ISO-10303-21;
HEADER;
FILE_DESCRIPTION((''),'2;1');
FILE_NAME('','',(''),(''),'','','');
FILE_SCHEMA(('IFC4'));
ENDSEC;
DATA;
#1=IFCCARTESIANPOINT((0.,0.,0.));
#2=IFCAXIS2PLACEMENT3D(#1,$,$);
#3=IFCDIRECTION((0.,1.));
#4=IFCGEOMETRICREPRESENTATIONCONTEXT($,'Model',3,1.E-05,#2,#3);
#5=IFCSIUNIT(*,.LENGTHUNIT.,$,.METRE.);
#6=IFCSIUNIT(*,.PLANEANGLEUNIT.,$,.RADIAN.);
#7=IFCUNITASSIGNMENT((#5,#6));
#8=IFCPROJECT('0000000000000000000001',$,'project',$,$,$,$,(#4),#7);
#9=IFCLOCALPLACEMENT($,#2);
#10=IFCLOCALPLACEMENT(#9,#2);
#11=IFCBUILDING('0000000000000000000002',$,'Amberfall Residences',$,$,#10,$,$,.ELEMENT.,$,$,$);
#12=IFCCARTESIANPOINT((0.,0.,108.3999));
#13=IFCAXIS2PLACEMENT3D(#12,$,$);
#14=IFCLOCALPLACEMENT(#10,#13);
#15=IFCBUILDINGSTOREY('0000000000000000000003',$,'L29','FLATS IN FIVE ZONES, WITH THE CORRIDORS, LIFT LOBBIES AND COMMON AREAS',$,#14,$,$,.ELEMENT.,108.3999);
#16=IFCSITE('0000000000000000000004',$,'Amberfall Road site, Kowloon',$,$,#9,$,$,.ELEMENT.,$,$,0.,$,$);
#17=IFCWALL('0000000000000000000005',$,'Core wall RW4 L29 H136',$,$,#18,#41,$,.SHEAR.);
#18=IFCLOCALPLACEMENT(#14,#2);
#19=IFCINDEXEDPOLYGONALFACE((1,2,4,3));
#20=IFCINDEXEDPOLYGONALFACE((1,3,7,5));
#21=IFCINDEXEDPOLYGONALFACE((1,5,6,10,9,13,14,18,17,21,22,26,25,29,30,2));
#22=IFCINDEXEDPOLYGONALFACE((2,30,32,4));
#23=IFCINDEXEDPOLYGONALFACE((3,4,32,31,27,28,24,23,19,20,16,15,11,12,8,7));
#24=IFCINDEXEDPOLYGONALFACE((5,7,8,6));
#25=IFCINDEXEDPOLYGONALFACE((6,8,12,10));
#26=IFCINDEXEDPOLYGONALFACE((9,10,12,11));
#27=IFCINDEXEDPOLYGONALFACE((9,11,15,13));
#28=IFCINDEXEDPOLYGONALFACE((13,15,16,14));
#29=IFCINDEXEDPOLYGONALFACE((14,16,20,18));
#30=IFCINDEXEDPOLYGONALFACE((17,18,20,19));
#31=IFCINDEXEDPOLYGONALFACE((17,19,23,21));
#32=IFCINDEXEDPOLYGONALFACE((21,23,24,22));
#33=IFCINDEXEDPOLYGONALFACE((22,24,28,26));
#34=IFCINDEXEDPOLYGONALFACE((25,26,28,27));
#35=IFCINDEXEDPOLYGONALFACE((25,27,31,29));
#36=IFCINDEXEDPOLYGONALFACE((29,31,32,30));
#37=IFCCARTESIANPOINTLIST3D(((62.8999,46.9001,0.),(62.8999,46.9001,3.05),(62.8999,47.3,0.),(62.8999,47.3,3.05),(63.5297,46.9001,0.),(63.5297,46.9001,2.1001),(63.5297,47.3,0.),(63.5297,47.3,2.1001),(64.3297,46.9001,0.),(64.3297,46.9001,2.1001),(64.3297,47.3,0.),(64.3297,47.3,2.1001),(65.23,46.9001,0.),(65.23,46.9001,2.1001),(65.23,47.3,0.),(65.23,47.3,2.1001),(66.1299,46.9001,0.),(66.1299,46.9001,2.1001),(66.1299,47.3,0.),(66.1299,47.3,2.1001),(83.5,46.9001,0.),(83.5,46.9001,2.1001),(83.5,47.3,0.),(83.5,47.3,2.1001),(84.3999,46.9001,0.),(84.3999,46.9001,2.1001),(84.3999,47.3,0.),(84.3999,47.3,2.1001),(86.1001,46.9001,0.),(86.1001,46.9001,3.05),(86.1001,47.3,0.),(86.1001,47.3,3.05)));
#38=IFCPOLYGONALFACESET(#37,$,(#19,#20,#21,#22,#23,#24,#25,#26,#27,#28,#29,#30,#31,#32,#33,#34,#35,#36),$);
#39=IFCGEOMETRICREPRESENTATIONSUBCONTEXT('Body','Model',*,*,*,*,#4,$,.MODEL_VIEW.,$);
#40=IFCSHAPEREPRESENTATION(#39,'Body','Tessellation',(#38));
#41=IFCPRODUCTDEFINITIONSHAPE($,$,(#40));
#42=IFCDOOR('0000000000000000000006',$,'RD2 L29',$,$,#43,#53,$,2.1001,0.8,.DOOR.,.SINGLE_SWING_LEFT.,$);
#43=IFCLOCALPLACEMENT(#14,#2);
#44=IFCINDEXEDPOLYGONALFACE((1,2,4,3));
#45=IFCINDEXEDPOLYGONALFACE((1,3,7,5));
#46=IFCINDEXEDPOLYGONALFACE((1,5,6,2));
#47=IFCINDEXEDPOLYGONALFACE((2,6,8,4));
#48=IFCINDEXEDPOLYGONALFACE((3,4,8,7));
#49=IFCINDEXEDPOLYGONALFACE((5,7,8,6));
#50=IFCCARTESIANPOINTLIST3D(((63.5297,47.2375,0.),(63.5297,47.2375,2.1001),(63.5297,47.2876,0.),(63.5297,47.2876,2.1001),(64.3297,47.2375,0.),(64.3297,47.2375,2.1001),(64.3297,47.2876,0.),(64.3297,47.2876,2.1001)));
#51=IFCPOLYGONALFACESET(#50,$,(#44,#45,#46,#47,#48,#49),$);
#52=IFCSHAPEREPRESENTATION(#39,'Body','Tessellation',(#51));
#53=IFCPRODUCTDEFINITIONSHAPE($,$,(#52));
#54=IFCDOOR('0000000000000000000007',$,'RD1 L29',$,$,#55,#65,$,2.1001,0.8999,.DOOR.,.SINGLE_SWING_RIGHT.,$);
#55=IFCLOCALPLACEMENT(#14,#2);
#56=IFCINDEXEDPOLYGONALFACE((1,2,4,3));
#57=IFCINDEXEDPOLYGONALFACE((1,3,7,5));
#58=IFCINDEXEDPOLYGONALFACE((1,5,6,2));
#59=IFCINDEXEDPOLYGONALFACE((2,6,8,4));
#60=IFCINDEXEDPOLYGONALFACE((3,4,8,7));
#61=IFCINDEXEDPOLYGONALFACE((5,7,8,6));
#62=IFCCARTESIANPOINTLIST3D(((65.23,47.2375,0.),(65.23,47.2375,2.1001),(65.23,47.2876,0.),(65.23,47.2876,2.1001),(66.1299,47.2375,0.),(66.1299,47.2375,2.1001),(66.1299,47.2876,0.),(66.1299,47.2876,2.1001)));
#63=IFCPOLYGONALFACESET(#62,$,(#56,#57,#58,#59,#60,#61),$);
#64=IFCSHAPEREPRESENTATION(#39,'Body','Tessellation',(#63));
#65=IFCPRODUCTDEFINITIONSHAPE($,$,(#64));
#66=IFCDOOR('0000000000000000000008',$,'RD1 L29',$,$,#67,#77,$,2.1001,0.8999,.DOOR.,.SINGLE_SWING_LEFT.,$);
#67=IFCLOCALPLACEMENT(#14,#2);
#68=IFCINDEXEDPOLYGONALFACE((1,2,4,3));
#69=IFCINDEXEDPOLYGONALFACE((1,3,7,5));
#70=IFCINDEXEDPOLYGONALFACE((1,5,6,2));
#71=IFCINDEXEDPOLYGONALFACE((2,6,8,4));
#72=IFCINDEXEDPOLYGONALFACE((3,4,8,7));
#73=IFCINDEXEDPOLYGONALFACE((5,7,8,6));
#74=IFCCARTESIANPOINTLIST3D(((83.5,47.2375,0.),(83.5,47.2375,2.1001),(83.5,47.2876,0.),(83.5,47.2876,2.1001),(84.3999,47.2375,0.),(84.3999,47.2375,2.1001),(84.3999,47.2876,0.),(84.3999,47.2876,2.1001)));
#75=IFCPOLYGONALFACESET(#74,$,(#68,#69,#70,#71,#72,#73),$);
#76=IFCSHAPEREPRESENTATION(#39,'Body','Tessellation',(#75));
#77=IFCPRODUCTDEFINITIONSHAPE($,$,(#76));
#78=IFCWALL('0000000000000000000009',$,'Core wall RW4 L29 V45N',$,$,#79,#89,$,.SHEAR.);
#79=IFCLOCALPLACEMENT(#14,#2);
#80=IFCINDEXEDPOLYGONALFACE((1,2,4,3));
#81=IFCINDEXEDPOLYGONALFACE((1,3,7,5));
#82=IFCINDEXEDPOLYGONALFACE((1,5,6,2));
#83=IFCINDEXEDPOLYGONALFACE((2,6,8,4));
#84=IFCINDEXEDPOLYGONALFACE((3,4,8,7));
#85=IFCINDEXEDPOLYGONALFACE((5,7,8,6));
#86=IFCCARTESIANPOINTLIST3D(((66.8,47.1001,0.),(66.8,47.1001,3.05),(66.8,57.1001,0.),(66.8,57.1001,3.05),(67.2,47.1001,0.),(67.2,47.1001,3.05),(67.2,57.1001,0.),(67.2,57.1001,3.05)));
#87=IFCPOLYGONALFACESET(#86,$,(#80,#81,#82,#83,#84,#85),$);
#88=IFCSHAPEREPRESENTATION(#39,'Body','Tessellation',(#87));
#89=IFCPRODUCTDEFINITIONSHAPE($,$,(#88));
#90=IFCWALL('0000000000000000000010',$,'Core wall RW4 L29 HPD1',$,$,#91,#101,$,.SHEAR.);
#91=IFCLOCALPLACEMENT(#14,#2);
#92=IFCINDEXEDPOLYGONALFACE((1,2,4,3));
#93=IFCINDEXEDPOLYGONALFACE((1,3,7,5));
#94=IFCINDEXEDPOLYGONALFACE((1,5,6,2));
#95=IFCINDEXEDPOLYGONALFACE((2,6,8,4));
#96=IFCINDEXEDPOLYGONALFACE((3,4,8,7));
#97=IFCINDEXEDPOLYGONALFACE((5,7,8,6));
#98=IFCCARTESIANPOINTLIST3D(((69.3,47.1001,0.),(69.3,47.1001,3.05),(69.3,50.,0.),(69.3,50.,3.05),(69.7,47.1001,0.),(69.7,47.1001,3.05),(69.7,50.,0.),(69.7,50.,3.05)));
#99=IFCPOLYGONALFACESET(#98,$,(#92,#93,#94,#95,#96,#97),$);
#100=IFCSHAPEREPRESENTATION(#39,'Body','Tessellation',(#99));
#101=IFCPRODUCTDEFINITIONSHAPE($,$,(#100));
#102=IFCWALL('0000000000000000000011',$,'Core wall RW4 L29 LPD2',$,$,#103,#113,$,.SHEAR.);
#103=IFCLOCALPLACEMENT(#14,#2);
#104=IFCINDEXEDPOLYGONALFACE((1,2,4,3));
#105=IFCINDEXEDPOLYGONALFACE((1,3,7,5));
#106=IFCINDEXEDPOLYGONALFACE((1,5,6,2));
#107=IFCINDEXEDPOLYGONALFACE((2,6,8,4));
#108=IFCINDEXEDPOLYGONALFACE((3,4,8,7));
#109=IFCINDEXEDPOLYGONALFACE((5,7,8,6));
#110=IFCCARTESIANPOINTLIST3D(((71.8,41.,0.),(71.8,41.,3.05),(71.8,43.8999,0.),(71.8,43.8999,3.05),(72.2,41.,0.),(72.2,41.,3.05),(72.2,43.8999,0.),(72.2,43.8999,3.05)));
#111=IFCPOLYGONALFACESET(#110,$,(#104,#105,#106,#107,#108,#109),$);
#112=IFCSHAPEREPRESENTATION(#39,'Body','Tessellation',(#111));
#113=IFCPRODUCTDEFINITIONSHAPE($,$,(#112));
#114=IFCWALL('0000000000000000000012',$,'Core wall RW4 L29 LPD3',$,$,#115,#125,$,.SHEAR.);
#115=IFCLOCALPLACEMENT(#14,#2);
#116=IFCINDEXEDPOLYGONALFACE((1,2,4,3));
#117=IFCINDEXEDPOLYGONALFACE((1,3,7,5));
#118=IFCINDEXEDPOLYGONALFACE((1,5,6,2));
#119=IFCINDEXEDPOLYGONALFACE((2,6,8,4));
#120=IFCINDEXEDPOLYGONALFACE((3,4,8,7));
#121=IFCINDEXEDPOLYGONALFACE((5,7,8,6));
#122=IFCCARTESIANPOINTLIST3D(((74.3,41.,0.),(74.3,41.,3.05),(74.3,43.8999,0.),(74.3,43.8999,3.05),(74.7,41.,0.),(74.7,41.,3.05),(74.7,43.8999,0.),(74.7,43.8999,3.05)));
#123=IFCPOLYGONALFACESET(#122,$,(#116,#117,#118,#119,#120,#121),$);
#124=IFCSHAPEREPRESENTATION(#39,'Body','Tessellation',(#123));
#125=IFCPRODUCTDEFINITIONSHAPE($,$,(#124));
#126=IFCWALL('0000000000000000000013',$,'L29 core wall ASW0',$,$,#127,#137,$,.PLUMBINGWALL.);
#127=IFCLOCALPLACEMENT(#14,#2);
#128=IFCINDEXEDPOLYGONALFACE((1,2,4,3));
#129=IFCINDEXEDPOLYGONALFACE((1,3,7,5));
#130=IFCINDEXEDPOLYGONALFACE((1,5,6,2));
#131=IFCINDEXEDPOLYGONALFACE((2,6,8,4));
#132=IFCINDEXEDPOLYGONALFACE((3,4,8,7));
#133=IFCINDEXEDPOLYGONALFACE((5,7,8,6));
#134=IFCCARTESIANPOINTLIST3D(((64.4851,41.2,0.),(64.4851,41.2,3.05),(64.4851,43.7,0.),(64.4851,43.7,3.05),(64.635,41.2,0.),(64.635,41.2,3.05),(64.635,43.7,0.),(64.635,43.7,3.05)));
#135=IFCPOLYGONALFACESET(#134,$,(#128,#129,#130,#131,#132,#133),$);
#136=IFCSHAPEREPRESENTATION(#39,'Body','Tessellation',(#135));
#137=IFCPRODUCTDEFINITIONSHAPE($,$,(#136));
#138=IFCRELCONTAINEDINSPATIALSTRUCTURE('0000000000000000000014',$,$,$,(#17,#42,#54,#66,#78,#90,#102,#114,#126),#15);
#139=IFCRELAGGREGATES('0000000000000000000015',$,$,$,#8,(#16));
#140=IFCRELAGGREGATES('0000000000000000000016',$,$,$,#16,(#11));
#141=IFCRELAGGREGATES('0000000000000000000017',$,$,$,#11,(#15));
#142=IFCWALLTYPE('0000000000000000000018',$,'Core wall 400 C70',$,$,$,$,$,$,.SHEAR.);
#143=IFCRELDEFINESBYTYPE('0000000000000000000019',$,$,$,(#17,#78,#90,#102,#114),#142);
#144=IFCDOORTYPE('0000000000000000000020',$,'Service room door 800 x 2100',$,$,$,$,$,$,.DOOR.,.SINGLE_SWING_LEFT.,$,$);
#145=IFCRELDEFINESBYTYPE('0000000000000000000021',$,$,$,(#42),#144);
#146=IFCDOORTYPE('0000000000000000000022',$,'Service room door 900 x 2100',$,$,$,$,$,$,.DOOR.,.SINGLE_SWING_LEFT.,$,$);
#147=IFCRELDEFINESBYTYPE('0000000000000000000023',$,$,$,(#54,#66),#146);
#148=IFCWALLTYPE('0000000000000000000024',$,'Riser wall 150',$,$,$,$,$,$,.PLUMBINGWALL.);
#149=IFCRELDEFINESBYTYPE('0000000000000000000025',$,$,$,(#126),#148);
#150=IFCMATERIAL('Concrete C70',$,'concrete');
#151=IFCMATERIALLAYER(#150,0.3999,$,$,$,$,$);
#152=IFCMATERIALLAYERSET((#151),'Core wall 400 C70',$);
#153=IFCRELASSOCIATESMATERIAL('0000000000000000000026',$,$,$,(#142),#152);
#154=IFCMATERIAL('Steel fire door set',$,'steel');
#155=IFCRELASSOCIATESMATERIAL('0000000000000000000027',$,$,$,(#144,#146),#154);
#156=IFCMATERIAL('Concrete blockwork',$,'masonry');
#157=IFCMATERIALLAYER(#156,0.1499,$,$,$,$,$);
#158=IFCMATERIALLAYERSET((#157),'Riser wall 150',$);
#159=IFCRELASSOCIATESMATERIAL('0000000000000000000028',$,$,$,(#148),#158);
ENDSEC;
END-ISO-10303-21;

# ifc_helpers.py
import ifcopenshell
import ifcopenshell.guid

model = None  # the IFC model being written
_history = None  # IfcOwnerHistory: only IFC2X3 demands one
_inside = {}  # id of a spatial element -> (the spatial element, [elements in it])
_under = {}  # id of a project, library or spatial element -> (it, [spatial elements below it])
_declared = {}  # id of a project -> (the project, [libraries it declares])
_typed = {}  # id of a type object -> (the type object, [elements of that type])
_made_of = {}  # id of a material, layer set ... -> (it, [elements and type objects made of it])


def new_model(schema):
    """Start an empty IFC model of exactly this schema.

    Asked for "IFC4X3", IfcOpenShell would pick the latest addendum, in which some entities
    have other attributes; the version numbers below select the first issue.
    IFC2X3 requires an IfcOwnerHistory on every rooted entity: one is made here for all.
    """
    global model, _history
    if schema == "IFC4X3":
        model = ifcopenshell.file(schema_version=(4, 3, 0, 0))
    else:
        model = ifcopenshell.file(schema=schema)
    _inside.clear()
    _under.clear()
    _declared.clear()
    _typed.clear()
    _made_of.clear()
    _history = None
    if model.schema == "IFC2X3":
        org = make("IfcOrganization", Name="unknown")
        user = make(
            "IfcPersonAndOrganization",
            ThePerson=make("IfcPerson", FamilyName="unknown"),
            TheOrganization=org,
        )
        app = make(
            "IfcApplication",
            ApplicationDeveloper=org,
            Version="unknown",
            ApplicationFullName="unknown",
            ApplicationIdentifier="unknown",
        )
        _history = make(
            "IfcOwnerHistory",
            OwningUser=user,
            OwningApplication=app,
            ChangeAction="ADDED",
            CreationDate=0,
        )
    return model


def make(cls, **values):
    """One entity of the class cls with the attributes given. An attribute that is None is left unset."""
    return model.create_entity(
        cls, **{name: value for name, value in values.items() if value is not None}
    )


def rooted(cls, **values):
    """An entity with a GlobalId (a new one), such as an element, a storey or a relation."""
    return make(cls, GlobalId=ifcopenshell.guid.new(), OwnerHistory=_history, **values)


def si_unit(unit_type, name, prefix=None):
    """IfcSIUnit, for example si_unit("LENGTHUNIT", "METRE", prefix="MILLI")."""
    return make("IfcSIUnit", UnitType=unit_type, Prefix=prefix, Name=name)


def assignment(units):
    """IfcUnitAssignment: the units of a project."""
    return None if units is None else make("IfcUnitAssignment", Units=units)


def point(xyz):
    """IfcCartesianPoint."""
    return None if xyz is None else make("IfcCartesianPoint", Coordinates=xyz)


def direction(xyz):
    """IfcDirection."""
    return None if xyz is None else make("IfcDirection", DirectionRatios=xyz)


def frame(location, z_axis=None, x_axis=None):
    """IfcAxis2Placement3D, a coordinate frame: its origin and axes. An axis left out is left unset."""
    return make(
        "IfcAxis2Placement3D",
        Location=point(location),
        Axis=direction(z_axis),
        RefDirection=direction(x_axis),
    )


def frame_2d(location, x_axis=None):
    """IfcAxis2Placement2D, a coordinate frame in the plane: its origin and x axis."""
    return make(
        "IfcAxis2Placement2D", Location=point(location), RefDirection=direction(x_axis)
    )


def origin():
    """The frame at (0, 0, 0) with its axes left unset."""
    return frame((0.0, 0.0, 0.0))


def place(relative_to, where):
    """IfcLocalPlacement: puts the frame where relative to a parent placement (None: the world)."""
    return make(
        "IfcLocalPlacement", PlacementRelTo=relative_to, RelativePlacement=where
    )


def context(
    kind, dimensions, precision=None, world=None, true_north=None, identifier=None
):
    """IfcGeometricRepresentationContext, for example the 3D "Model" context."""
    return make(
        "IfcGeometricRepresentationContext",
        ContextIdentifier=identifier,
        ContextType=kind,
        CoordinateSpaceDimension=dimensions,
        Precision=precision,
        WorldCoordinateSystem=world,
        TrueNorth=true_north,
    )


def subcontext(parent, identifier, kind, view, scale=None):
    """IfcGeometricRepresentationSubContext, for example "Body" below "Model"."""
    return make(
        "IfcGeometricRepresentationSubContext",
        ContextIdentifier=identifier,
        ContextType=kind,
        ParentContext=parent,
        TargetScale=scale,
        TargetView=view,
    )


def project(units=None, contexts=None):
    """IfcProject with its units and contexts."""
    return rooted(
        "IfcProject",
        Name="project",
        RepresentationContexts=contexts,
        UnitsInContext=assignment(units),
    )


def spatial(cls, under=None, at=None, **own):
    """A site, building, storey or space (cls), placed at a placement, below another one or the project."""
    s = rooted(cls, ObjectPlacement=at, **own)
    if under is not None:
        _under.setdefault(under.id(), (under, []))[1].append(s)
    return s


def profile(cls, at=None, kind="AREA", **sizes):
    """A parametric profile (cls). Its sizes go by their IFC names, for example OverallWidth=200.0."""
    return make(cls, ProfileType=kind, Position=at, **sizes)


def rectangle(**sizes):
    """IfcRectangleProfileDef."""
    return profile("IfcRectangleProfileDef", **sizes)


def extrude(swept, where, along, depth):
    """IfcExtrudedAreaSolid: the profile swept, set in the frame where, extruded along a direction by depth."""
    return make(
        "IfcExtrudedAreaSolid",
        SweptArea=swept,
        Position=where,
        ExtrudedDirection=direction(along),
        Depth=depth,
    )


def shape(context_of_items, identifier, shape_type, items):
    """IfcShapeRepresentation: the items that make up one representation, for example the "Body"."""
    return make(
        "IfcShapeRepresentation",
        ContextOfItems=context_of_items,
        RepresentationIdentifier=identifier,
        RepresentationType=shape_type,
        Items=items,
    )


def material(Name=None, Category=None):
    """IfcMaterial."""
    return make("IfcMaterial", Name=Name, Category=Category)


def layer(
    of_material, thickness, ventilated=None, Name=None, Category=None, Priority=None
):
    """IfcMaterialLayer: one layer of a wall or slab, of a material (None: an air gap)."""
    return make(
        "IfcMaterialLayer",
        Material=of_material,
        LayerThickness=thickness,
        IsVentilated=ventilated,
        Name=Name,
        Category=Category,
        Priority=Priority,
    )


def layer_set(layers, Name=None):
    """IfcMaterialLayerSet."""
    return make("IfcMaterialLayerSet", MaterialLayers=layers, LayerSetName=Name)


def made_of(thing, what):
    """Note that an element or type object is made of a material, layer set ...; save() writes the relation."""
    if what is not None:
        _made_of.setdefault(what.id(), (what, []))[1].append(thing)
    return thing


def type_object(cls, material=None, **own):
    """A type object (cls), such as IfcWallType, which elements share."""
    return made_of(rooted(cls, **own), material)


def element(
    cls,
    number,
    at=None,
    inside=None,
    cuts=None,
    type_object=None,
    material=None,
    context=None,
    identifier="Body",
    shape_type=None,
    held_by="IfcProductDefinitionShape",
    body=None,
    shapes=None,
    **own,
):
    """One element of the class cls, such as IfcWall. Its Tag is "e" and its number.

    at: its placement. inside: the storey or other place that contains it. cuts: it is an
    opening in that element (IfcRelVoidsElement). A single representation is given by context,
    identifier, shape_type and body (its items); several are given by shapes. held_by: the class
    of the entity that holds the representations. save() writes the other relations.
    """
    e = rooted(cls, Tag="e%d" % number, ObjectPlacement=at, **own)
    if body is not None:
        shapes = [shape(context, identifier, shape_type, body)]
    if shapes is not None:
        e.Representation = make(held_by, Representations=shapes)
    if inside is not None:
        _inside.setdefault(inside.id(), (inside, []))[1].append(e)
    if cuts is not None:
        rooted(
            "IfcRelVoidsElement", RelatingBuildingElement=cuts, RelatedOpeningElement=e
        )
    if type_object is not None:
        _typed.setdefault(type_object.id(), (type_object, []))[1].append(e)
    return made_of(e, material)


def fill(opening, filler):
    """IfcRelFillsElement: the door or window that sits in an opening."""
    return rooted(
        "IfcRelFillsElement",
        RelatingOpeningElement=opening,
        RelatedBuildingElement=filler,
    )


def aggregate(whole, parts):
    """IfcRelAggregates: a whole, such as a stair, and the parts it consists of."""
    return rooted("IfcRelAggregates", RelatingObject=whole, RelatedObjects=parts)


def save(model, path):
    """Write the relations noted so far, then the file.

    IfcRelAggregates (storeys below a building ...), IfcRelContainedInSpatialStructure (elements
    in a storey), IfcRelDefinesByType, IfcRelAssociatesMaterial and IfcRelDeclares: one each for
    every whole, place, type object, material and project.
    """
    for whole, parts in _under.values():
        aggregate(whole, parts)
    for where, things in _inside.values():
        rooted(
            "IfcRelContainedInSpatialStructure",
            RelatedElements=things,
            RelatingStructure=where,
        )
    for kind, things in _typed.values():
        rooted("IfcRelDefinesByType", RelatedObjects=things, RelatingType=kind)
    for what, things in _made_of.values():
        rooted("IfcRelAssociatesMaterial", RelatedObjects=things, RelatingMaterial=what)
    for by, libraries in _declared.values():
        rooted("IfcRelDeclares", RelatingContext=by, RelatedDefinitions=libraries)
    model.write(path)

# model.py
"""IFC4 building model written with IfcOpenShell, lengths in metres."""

from ifc_helpers import new_model, si_unit, direction, frame, frame_2d, origin, place, context, subcontext, project, spatial, rectangle, extrude, material, layer, layer_set, type_object, element, fill, save


model = new_model("IFC4")

# Units and contexts
model_context = context("Model", 3, precision=1e-05, world=origin(), true_north=direction((0.0, 1.0)))
body_context = subcontext(model_context, "Body", "Model", "MODEL_VIEW")
ifc_project = project(units=[si_unit("LENGTHUNIT", "METRE"), si_unit("PLANEANGLEUNIT", "RADIAN")], contexts=[model_context])

# Site, building, storey
site_placement = place(None, origin())
site = spatial("IfcSite", under=ifc_project, at=site_placement, Name="Amberfall Road site, Kowloon", CompositionType="ELEMENT", RefElevation=0.0)
building_placement = place(site_placement, origin())
building = spatial("IfcBuilding", under=site, at=building_placement, Name="Amberfall Residences", CompositionType="ELEMENT")
storey_placement = place(building_placement, frame((0.0, 0.0, 108.3999)))
storey = spatial("IfcBuildingStorey", under=building, at=storey_placement, Name="L29", Description="FLATS IN FIVE ZONES, WITH THE CORRIDORS, LIFT LOBBIES AND COMMON AREAS", CompositionType="ELEMENT", Elevation=108.3999)

# Wall, openings, doors
ifc_material_1 = material(Name="Concrete C70", Category="concrete")
ifc_layer_1 = layer(ifc_material_1, 0.3999)
ifc_layer_set_1 = layer_set([ifc_layer_1], Name="Core wall 400 C70")
wall_type_1 = type_object("IfcWallType", Name="Core wall 400 C70", PredefinedType="SHEAR", material=ifc_layer_set_1)
ifc_material_2 = material(Name="Steel fire door set", Category="steel")
door_type_1 = type_object("IfcDoorType", Name="Service room door 800 x 2100", OperationType="SINGLE_SWING_LEFT", PredefinedType="DOOR", material=ifc_material_2)
door_type_2 = type_object("IfcDoorType", Name="Service room door 900 x 2100", OperationType="SINGLE_SWING_LEFT", PredefinedType="DOOR", material=ifc_material_2)
wall_1_placement = place(storey_placement, frame((62.8999, 47.1001, 0.0), z_axis=(0.0, 0.0, 1.0), x_axis=(1.0, 0.0, 0.0)))
wall_1 = element("IfcWall", 1, at=wall_1_placement, inside=storey, type_object=wall_type_1, Name="Core wall RW4 L29 H136", PredefinedType="SHEAR", context=body_context, shape_type="SweptSolid", body=[
    extrude(rectangle(XDim=23.2002, YDim=0.3999, at=frame_2d((11.6001, 0.0))), origin(), (0.0, 0.0, 1.0), 3.05),
])
opening_1_placement = place(wall_1_placement, frame((0.6299, 0.0, 0.0)))
opening_1 = element("IfcOpeningElement", 2, at=opening_1_placement, cuts=wall_1, PredefinedType="OPENING", context=body_context, shape_type="SweptSolid", body=[
    extrude(rectangle(XDim=0.8, YDim=2.1001, at=frame_2d((0.3999, 1.05))), frame((0.0, 0.21, 0.0), z_axis=(0.0, -1.0, 0.0), x_axis=(1.0, 0.0, 0.0)), (0.0, 0.0, 1.0), 0.4199),
])
opening_2_placement = place(wall_1_placement, frame((2.3301, 0.0, 0.0)))
opening_2 = element("IfcOpeningElement", 3, at=opening_2_placement, cuts=wall_1, PredefinedType="OPENING", context=body_context, shape_type="SweptSolid", body=[
    extrude(rectangle(XDim=0.8999, YDim=2.1001, at=frame_2d((0.45, 1.05))), frame((0.0, 0.21, 0.0), z_axis=(0.0, -1.0, 0.0), x_axis=(1.0, 0.0, 0.0)), (0.0, 0.0, 1.0), 0.4199),
])
opening_3_placement = place(wall_1_placement, frame((20.6001, 0.0, 0.0)))
opening_3 = element("IfcOpeningElement", 4, at=opening_3_placement, cuts=wall_1, PredefinedType="OPENING", context=body_context, shape_type="SweptSolid", body=[
    extrude(rectangle(XDim=0.8999, YDim=2.1001, at=frame_2d((0.45, 1.05))), frame((0.0, 0.21, 0.0), z_axis=(0.0, -1.0, 0.0), x_axis=(1.0, 0.0, 0.0)), (0.0, 0.0, 1.0), 0.4199),
])
door_1_placement = place(opening_1_placement, origin())
door_1 = element("IfcDoor", 5, at=door_1_placement, inside=storey, type_object=door_type_1, Name="RD2 L29", OperationType="SINGLE_SWING_LEFT", OverallHeight=2.1001, OverallWidth=0.8, PredefinedType="DOOR", context=body_context, shape_type="SweptSolid", body=[
    extrude(rectangle(XDim=0.8, YDim=2.1001, at=frame_2d((0.3999, 1.05))), frame((0.0, 0.1875, 0.0), z_axis=(0.0, -1.0, 0.0), x_axis=(1.0, 0.0, 0.0)), (0.0, 0.0, 1.0), 0.05),
])
fill(opening_1, door_1)
door_2_placement = place(opening_2_placement, origin())
door_2 = element("IfcDoor", 6, at=door_2_placement, inside=storey, type_object=door_type_2, Name="RD1 L29", OperationType="SINGLE_SWING_RIGHT", OverallHeight=2.1001, OverallWidth=0.8999, PredefinedType="DOOR", context=body_context, shape_type="SweptSolid", body=[
    extrude(rectangle(XDim=0.8999, YDim=2.1001, at=frame_2d((0.45, 1.05))), frame((0.0, 0.1875, 0.0), z_axis=(0.0, -1.0, 0.0), x_axis=(1.0, 0.0, 0.0)), (0.0, 0.0, 1.0), 0.05),
])
fill(opening_2, door_2)
door_3_placement = place(opening_3_placement, origin())
door_3 = element("IfcDoor", 7, at=door_3_placement, inside=storey, type_object=door_type_2, Name="RD1 L29", OperationType="SINGLE_SWING_LEFT", OverallHeight=2.1001, OverallWidth=0.8999, PredefinedType="DOOR", context=body_context, shape_type="SweptSolid", body=[
    extrude(rectangle(XDim=0.8999, YDim=2.1001, at=frame_2d((0.45, 1.05))), frame((0.0, 0.1875, 0.0), z_axis=(0.0, -1.0, 0.0), x_axis=(1.0, 0.0, 0.0)), (0.0, 0.0, 1.0), 0.05),
])
fill(opening_3, door_3)

# Walls
wall_2_placement = place(storey_placement, frame((67.0, 47.1001, 0.0), z_axis=(0.0, 0.0, 1.0), x_axis=(0.0, 1.0, 0.0)))
element("IfcWall", 8, at=wall_2_placement, inside=storey, type_object=wall_type_1, Name="Core wall RW4 L29 V45N", PredefinedType="SHEAR", context=body_context, shape_type="SweptSolid", body=[
    extrude(rectangle(XDim=10.0, YDim=0.3999, at=frame_2d((5.0, 0.0))), origin(), (0.0, 0.0, 1.0), 3.05),
])
for number, where, z_axis, x_axis, name in (
    (9, (69.5, 47.1001, 0.0), (0.0, 0.0, 1.0), (0.0, 1.0, 0.0), "Core wall RW4 L29 HPD1"),
    (10, (72.0, 41.0, 0.0), (0.0, 0.0, 1.0), (0.0, 1.0, 0.0), "Core wall RW4 L29 LPD2"),
    (11, (74.5, 41.0, 0.0), (0.0, 0.0, 1.0), (0.0, 1.0, 0.0), "Core wall RW4 L29 LPD3"),
):
    element("IfcWall", number, at=place(storey_placement, frame(where, z_axis=z_axis, x_axis=x_axis)), inside=storey, type_object=wall_type_1, Name=name, PredefinedType="SHEAR", context=body_context, shape_type="SweptSolid", body=[
        extrude(rectangle(XDim=2.8999, YDim=0.3999, at=frame_2d((1.45, 0.0))), origin(), (0.0, 0.0, 1.0), 3.05),
    ])
ifc_material_3 = material(Name="Concrete blockwork", Category="masonry")
ifc_layer_2 = layer(ifc_material_3, 0.1499)
ifc_layer_set_2 = layer_set([ifc_layer_2], Name="Riser wall 150")
wall_type_2 = type_object("IfcWallType", Name="Riser wall 150", PredefinedType="PLUMBINGWALL", material=ifc_layer_set_2)
wall_3_placement = place(storey_placement, frame((64.5601, 41.2, 0.0), z_axis=(0.0, 0.0, 1.0), x_axis=(0.0, 1.0, 0.0)))
element("IfcWall", 12, at=wall_3_placement, inside=storey, type_object=wall_type_2, Name="L29 core wall ASW0", PredefinedType="PLUMBINGWALL", context=body_context, shape_type="SweptSolid", body=[
    extrude(rectangle(XDim=2.5, YDim=0.1499, at=frame_2d((1.25, 0.0))), origin(), (0.0, 0.0, 1.0), 3.05),
])

save(model, "model.ifc")
